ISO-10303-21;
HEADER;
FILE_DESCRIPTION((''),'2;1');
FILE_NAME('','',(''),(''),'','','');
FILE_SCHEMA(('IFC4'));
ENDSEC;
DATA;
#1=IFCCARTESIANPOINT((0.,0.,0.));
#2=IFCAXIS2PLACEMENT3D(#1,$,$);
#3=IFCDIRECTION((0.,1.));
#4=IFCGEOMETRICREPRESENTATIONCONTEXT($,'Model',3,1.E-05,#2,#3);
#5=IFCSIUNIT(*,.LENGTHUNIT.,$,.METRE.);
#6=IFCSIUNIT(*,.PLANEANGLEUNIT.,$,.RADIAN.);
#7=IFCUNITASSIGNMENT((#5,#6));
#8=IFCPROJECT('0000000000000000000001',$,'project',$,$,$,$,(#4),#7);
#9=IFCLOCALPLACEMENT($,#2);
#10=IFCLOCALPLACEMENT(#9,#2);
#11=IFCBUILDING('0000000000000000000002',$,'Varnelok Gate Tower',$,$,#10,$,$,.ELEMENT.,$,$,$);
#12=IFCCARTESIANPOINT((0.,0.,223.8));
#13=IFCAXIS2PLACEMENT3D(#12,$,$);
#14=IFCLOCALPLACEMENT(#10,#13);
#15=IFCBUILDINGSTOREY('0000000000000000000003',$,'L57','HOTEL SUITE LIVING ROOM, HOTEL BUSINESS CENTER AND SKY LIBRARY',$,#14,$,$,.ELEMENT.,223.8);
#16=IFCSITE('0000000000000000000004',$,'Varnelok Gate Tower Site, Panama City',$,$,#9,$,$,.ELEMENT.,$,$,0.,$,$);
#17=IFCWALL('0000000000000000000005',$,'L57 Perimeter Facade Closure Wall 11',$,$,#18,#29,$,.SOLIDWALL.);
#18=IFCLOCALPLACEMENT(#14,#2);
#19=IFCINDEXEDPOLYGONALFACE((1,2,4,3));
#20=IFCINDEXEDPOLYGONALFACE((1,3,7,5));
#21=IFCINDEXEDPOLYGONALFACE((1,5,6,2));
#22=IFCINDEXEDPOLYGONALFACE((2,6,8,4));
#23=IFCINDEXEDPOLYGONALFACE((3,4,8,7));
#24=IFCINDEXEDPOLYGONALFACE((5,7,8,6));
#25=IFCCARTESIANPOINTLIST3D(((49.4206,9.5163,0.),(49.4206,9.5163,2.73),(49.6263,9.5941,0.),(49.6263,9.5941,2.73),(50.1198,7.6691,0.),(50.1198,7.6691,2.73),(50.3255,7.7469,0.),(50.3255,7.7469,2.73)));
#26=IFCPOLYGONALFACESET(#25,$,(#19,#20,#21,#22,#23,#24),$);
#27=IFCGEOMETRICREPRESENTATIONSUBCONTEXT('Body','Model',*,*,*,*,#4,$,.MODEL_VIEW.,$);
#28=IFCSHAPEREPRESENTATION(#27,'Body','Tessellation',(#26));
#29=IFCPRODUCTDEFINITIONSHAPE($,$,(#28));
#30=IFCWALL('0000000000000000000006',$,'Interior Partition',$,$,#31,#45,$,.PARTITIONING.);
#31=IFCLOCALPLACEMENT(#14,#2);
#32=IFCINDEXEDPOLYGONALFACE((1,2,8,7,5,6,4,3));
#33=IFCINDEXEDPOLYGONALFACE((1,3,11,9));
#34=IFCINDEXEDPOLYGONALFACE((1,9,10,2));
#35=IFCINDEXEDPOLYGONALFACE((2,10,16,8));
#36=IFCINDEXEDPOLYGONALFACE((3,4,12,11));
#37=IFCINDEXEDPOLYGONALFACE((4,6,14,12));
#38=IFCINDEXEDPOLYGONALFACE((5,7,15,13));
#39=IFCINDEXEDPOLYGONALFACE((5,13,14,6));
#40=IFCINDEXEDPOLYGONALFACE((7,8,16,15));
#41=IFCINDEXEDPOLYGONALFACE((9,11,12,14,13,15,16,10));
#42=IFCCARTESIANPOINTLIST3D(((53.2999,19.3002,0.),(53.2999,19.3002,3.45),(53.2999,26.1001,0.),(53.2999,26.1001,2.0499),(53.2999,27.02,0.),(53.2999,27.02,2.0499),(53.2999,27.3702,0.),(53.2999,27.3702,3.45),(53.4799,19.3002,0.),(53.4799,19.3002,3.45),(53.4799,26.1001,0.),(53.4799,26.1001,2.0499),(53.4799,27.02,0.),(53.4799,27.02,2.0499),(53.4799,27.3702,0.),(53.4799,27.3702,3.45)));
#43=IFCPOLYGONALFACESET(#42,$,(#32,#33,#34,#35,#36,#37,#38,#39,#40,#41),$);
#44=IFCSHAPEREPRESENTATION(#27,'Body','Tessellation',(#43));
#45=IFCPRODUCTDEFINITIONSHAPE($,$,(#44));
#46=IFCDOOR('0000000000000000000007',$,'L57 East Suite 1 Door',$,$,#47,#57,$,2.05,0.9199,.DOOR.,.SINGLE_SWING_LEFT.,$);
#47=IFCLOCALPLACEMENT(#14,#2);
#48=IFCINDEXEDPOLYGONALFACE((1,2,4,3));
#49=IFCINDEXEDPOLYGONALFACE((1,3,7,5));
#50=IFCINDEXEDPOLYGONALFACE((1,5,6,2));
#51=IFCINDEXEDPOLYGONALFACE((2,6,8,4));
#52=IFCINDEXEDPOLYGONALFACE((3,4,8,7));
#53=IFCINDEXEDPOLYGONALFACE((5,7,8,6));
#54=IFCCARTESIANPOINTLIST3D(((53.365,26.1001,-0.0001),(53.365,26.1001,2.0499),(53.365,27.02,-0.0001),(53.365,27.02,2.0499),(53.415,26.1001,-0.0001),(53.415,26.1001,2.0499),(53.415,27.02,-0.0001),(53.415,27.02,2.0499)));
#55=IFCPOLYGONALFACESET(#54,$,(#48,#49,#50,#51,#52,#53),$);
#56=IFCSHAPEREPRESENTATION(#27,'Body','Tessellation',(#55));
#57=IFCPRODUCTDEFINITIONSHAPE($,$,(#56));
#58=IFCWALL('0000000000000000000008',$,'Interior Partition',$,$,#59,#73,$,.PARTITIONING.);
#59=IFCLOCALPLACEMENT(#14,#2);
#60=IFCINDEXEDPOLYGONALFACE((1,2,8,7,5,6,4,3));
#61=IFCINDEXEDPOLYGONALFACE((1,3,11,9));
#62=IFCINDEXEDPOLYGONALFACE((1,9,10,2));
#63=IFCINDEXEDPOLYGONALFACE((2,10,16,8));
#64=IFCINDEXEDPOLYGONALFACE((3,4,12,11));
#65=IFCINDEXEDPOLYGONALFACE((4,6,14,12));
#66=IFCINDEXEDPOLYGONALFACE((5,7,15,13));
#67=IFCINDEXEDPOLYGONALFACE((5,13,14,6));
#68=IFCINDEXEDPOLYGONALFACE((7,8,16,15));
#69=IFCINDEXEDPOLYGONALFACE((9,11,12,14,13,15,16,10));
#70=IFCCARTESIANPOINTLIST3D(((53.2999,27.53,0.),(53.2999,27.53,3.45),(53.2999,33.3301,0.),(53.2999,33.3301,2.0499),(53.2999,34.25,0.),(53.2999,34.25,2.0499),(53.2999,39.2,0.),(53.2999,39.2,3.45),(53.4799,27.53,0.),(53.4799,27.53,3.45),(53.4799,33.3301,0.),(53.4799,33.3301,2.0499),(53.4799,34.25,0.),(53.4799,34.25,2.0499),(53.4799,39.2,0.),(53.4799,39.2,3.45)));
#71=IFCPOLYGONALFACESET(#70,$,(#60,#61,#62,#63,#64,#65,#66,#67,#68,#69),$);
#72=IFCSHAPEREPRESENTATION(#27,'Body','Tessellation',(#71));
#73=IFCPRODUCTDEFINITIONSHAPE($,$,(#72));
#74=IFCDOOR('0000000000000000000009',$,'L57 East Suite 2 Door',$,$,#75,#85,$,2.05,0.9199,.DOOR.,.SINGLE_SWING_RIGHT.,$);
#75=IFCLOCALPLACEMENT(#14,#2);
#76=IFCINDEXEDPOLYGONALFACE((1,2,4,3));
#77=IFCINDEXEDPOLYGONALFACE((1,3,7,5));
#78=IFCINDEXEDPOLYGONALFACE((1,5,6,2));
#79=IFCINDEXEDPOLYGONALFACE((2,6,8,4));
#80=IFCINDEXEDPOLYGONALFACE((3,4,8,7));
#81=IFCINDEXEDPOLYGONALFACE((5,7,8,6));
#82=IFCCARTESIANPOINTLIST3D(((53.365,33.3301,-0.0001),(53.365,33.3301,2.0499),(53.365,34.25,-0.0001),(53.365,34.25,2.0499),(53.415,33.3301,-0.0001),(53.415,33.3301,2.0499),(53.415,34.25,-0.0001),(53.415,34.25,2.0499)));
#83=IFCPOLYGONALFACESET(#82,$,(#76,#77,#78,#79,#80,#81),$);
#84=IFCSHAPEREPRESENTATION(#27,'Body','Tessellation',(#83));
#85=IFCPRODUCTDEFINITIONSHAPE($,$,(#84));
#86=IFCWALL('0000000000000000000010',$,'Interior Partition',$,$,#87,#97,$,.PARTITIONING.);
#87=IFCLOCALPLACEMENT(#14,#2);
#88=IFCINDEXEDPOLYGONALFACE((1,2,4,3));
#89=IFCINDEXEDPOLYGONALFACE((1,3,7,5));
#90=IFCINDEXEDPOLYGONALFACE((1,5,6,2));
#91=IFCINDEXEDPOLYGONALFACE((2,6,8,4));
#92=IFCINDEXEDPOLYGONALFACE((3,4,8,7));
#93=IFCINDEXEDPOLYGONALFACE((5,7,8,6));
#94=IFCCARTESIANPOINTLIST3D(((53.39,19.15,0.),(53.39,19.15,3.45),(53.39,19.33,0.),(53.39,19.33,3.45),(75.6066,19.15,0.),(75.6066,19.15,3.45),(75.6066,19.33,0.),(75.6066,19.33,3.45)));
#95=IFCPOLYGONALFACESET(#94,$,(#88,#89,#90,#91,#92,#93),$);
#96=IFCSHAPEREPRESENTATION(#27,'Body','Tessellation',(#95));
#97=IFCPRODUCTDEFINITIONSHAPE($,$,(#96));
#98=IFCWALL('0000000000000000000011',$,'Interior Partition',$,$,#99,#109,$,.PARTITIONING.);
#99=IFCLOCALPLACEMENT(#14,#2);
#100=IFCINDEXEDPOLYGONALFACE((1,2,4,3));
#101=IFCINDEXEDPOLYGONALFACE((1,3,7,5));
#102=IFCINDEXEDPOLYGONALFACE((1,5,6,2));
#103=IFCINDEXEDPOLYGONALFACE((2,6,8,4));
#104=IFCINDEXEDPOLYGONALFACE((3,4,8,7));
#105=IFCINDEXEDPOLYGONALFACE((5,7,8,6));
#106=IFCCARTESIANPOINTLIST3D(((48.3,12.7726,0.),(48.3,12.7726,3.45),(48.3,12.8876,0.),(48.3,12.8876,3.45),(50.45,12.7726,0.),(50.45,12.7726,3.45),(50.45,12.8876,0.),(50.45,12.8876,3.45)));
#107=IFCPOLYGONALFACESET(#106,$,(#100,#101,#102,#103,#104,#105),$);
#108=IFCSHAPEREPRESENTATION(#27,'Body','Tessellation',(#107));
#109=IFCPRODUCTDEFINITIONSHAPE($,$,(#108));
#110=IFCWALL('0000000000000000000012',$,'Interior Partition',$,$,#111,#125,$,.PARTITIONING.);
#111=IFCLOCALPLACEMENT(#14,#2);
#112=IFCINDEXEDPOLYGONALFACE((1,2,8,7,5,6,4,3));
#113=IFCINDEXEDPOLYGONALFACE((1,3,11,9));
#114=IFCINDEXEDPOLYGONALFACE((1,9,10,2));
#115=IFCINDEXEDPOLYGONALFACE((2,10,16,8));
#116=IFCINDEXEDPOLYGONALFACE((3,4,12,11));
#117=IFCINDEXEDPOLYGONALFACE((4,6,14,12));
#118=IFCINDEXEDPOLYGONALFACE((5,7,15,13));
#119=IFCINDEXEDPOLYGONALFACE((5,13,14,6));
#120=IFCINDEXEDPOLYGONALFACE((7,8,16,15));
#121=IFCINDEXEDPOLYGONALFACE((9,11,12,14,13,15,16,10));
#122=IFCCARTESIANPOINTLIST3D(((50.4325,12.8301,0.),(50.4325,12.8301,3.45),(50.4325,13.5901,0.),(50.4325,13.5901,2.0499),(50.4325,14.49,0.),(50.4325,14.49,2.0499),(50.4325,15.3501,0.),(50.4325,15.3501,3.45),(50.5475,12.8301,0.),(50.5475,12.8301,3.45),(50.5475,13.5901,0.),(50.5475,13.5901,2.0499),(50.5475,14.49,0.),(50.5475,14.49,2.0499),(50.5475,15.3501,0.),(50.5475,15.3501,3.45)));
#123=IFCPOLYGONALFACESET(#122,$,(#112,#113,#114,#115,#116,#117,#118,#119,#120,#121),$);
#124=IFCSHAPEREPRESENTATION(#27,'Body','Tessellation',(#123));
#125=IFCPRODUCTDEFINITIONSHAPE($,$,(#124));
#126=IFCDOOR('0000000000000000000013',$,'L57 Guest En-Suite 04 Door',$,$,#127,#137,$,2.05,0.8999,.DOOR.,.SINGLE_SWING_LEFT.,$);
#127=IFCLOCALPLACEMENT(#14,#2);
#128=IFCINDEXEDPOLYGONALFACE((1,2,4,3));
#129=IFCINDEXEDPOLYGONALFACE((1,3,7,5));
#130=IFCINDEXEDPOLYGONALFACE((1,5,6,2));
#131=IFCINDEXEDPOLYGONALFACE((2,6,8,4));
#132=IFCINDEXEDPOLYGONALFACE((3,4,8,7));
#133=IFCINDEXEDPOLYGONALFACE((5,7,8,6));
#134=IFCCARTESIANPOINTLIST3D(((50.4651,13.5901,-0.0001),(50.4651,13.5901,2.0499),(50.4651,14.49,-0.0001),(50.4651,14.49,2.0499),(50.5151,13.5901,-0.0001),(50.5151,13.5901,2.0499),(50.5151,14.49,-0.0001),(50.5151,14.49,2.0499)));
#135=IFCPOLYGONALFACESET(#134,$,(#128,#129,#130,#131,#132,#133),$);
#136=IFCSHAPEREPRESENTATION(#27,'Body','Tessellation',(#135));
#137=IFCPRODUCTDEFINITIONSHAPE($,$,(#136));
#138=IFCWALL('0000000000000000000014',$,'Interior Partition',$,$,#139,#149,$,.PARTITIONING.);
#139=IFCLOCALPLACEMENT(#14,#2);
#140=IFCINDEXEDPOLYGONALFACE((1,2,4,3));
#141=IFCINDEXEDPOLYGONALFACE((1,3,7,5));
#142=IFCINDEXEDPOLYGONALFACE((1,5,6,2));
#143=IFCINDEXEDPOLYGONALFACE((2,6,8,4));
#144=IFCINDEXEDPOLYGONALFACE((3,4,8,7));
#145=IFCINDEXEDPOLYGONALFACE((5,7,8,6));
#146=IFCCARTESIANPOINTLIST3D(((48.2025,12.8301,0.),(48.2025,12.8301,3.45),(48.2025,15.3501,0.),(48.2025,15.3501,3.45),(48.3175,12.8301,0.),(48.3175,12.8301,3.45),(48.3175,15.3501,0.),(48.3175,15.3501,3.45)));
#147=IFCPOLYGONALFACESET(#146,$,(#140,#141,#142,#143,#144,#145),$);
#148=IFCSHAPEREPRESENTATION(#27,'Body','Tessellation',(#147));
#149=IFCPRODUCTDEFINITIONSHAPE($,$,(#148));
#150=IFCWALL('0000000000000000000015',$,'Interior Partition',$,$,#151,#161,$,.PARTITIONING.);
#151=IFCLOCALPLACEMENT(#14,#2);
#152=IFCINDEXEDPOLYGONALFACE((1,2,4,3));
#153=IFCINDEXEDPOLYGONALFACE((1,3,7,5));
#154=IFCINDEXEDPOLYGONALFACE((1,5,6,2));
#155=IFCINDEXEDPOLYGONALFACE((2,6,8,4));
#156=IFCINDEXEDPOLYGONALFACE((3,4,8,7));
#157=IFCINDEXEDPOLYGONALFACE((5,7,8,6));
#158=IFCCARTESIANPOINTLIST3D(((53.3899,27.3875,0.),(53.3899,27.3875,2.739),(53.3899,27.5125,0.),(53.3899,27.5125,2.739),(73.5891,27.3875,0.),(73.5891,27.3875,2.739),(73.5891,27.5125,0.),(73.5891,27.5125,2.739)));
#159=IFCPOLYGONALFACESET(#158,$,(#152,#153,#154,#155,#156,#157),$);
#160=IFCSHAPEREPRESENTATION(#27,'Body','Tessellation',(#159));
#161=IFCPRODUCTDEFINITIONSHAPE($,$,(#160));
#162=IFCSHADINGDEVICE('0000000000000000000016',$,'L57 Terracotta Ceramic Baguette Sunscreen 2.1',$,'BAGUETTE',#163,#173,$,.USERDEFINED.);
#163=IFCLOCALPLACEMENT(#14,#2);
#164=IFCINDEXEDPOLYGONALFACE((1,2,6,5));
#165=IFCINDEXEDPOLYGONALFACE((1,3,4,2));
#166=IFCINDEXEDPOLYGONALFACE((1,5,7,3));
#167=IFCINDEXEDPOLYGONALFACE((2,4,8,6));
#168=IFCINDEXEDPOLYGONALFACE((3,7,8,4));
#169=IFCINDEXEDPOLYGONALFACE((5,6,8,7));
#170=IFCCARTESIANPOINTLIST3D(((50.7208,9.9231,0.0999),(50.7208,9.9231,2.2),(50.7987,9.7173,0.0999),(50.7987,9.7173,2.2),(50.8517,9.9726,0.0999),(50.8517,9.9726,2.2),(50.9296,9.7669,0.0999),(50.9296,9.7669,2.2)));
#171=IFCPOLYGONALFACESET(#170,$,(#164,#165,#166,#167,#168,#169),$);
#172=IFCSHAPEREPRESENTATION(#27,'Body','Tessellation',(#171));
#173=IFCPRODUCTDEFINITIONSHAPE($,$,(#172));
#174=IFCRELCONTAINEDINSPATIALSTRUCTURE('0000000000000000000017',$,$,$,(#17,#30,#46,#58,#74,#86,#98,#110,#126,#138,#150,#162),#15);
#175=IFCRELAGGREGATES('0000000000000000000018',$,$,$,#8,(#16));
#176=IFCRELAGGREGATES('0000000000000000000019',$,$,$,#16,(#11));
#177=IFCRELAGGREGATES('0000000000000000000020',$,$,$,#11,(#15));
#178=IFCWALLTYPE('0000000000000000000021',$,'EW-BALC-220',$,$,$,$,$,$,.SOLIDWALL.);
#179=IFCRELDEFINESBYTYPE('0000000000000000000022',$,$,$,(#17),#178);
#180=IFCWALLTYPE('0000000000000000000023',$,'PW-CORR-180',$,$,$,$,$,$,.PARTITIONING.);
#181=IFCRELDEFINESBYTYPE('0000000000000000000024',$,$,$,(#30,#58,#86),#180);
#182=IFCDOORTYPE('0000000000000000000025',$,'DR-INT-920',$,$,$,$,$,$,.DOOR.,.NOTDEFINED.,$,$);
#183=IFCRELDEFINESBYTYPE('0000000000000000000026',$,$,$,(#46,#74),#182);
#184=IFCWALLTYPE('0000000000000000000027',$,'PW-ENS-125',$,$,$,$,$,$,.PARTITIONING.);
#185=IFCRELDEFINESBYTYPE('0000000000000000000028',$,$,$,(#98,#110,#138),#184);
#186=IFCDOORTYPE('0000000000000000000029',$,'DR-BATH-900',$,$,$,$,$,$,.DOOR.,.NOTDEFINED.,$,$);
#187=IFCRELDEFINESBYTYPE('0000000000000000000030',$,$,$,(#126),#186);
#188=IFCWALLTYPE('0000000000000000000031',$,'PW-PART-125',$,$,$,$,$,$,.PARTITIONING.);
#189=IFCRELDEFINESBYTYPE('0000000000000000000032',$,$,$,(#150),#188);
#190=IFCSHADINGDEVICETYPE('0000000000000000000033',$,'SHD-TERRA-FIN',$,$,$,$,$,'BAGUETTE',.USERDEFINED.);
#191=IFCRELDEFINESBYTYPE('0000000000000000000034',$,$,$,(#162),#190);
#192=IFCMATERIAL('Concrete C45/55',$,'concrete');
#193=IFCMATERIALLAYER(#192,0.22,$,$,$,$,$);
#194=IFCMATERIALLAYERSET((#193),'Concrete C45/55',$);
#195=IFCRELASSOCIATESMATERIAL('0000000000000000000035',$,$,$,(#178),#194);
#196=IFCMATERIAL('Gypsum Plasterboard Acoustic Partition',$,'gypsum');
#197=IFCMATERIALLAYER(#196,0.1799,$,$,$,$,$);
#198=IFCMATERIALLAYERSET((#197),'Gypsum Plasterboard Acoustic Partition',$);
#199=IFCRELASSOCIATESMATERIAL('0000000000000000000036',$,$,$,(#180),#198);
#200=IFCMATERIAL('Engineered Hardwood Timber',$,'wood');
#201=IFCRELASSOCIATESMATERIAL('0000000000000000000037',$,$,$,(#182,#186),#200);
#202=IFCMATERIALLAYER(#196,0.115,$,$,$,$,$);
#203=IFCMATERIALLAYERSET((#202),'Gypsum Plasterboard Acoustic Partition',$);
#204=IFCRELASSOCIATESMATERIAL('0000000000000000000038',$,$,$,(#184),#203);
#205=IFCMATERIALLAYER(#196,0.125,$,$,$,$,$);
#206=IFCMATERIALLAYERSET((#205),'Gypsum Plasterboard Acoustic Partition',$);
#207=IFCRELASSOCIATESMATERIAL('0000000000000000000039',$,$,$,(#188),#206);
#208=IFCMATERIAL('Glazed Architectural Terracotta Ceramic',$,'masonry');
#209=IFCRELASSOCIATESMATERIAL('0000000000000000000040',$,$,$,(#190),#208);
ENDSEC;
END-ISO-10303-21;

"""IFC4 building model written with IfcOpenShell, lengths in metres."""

from ifc_helpers import new_model, si_unit, direction, frame, frame_2d, origin, origin_2d, place, context, subcontext, project, spatial, rectangle, extrude, source, transform, mapped, material, layer, layer_set, type_object, element, fill, save


model = new_model("IFC4")

# Units and contexts
model_context = context("Model", 3, precision=1e-05, world=origin(), true_north=direction((0.0, 1.0)))
body_context = subcontext(model_context, "Body", "Model", "MODEL_VIEW")
ifc_project = project(units=[si_unit("LENGTHUNIT", "METRE"), si_unit("PLANEANGLEUNIT", "RADIAN")], contexts=[model_context])

# Site, building, storey
site_placement = place(None, origin())
site = spatial("IfcSite", under=ifc_project, at=site_placement, Name="Varnelok Gate Tower Site, Panama City", CompositionType="ELEMENT", RefElevation=0.0)
building_placement = place(site_placement, origin())
building = spatial("IfcBuilding", under=site, at=building_placement, Name="Varnelok Gate Tower", CompositionType="ELEMENT")
storey_placement = place(building_placement, frame((0.0, 0.0, 223.8)))
storey = spatial("IfcBuildingStorey", under=building, at=storey_placement, Name="L57", Description="HOTEL SUITE LIVING ROOM, HOTEL BUSINESS CENTER AND SKY LIBRARY", CompositionType="ELEMENT", Elevation=223.8)

# Wall
ifc_material_1 = material(Name="Concrete C45/55", Category="concrete")
ifc_layer_1 = layer(ifc_material_1, 0.22)
ifc_layer_set_1 = layer_set([ifc_layer_1], Name="Concrete C45/55")
wall_type_1 = type_object("IfcWallType", Name="EW-BALC-220", PredefinedType="SOLIDWALL", material=ifc_layer_set_1)
wall_1_placement = place(storey_placement, frame((50.2227, 7.708, 0.0), z_axis=(0.0, 0.0, 1.0), x_axis=(-0.354021, 0.935238, 0.0)))
element("IfcWall", 1, at=wall_1_placement, inside=storey, type_object=wall_type_1, Name="L57 Perimeter Facade Closure Wall 11", PredefinedType="SOLIDWALL", context=body_context, shape_type="SweptSolid", body=[
    extrude(rectangle(XDim=1.9751, YDim=0.22, at=frame_2d((0.9875, 0.0))), origin(), (0.0, 0.0, 1.0), 2.73),
])

# Walls, openings, doors
ifc_material_2 = material(Name="Gypsum Plasterboard Acoustic Partition", Category="gypsum")
ifc_layer_2 = layer(ifc_material_2, 0.1799)
ifc_layer_set_2 = layer_set([ifc_layer_2], Name="Gypsum Plasterboard Acoustic Partition")
wall_type_2 = type_object("IfcWallType", Name="PW-CORR-180", PredefinedType="PARTITIONING", material=ifc_layer_set_2)
wall_2_placement = place(storey_placement, frame((53.3899, 19.3, 0.0), z_axis=(0.0, 0.0, 1.0), x_axis=(0.0, 1.0, 0.0)))
wall_2 = element("IfcWall", 2, at=wall_2_placement, inside=storey, type_object=wall_type_2, Name="Interior Partition", PredefinedType="PARTITIONING", context=body_context, shape_type="SweptSolid", body=[
    extrude(rectangle(XDim=8.0701, YDim=0.1799, at=frame_2d((4.0352, 0.0))), origin(), (0.0, 0.0, 1.0), 3.45),
])
opening_1_placement = place(wall_2_placement, frame((6.8, 0.0, 0.0)))
opening_1 = element("IfcOpeningElement", 3, at=opening_1_placement, cuts=wall_2, PredefinedType="OPENING", context=body_context, shape_type="SweptSolid", body=[
    extrude(rectangle(XDim=0.9199, YDim=2.05, at=frame_2d((0.46, 1.0249))), frame((0.0, 0.0999, 0.0), z_axis=(0.0, -1.0, 0.0), x_axis=(1.0, 0.0, 0.0)), (0.0, 0.0, 1.0), 0.2),
])
ifc_material_3 = material(Name="Engineered Hardwood Timber", Category="wood")
door_type_1 = type_object("IfcDoorType", Name="DR-INT-920", OperationType="NOTDEFINED", PredefinedType="DOOR", material=ifc_material_3)
door_1_placement = place(opening_1_placement, origin())
door_1 = element("IfcDoor", 4, at=door_1_placement, inside=storey, type_object=door_type_1, Name="L57 East Suite 1 Door", OperationType="SINGLE_SWING_LEFT", OverallHeight=2.05, OverallWidth=0.9199, PredefinedType="DOOR", context=body_context, shape_type="SweptSolid", body=[
    extrude(rectangle(XDim=0.9199, YDim=2.05, at=frame_2d((0.46, 1.0249))), frame((0.0, 0.0249, 0.0), z_axis=(0.0, -1.0, 0.0), x_axis=(1.0, 0.0, 0.0)), (0.0, 0.0, 1.0), 0.05),
])
fill(opening_1, door_1)
wall_3_placement = place(storey_placement, frame((53.3899, 27.53, 0.0), z_axis=(0.0, 0.0, 1.0), x_axis=(0.0, 1.0, 0.0)))
wall_3 = element("IfcWall", 5, at=wall_3_placement, inside=storey, type_object=wall_type_2, Name="Interior Partition", PredefinedType="PARTITIONING", context=body_context, shape_type="SweptSolid", body=[
    extrude(rectangle(XDim=11.6699, YDim=0.1799, at=frame_2d((5.835, 0.0))), origin(), (0.0, 0.0, 1.0), 3.45),
])
opening_2_placement = place(wall_3_placement, frame((5.8, 0.0, 0.0)))
opening_2 = element("IfcOpeningElement", 6, at=opening_2_placement, cuts=wall_3, PredefinedType="OPENING", context=body_context, shape_type="SweptSolid", body=[
    extrude(rectangle(XDim=0.9199, YDim=2.05, at=frame_2d((0.46, 1.0249))), frame((0.0, 0.0999, 0.0), z_axis=(0.0, -1.0, 0.0), x_axis=(1.0, 0.0, 0.0)), (0.0, 0.0, 1.0), 0.2),
])
door_2_placement = place(opening_2_placement, origin())
door_2 = element("IfcDoor", 7, at=door_2_placement, inside=storey, type_object=door_type_1, Name="L57 East Suite 2 Door", OperationType="SINGLE_SWING_RIGHT", OverallHeight=2.05, OverallWidth=0.9199, PredefinedType="DOOR", context=body_context, shape_type="SweptSolid", body=[
    extrude(rectangle(XDim=0.9199, YDim=2.05, at=frame_2d((0.46, 1.0249))), frame((0.0, 0.0249, 0.0), z_axis=(0.0, -1.0, 0.0), x_axis=(1.0, 0.0, 0.0)), (0.0, 0.0, 1.0), 0.05),
])
fill(opening_2, door_2)

# Walls
wall_4_placement = place(storey_placement, frame((53.3899, 19.24, 0.0), z_axis=(0.0, 0.0, 1.0), x_axis=(1.0, 0.0, 0.0)))
element("IfcWall", 8, at=wall_4_placement, inside=storey, type_object=wall_type_2, Name="Interior Partition", PredefinedType="PARTITIONING", context=body_context, shape_type="SweptSolid", body=[
    extrude(rectangle(XDim=22.2166, YDim=0.1799, at=frame_2d((11.1084, 0.0))), origin(), (0.0, 0.0, 1.0), 3.45),
])
ifc_layer_3 = layer(ifc_material_2, 0.115)
ifc_layer_set_3 = layer_set([ifc_layer_3], Name="Gypsum Plasterboard Acoustic Partition")
wall_type_3 = type_object("IfcWallType", Name="PW-ENS-125", PredefinedType="PARTITIONING", material=ifc_layer_set_3)
wall_5_placement = place(storey_placement, frame((48.3, 12.8301, 0.0), z_axis=(0.0, 0.0, 1.0), x_axis=(1.0, 0.0, 0.0)))
element("IfcWall", 9, at=wall_5_placement, inside=storey, type_object=wall_type_3, Name="Interior Partition", PredefinedType="PARTITIONING", context=body_context, shape_type="SweptSolid", body=[
    extrude(rectangle(XDim=2.1499, YDim=0.115, at=frame_2d((1.075, 0.0))), origin(), (0.0, 0.0, 1.0), 3.45),
])

# Wall, opening, door
wall_6_placement = place(storey_placement, frame((50.49, 12.8301, 0.0), z_axis=(0.0, 0.0, 1.0), x_axis=(0.0, 1.0, 0.0)))
wall_6 = element("IfcWall", 10, at=wall_6_placement, inside=storey, type_object=wall_type_3, Name="Interior Partition", PredefinedType="PARTITIONING", context=body_context, shape_type="SweptSolid", body=[
    extrude(rectangle(XDim=2.52, YDim=0.115, at=frame_2d((1.26, 0.0))), origin(), (0.0, 0.0, 1.0), 3.45),
])
opening_3_placement = place(wall_6_placement, frame((0.76, 0.0, 0.0)))
opening_3 = element("IfcOpeningElement", 11, at=opening_3_placement, cuts=wall_6, PredefinedType="OPENING", context=body_context, shape_type="SweptSolid", body=[
    extrude(rectangle(XDim=0.8999, YDim=2.05, at=frame_2d((0.45, 1.0249))), frame((0.0, 0.0674, 0.0), z_axis=(0.0, -1.0, 0.0), x_axis=(1.0, 0.0, 0.0)), (0.0, 0.0, 1.0), 0.135),
])
door_type_2 = type_object("IfcDoorType", Name="DR-BATH-900", OperationType="NOTDEFINED", PredefinedType="DOOR", material=ifc_material_3)
door_3_placement = place(opening_3_placement, origin())
door_3 = element("IfcDoor", 12, at=door_3_placement, inside=storey, type_object=door_type_2, Name="L57 Guest En-Suite 04 Door", OperationType="SINGLE_SWING_LEFT", OverallHeight=2.05, OverallWidth=0.8999, PredefinedType="DOOR", context=body_context, shape_type="SweptSolid", body=[
    extrude(rectangle(XDim=0.8999, YDim=2.05, at=frame_2d((0.45, 1.0249))), frame((0.0, 0.0249, 0.0), z_axis=(0.0, -1.0, 0.0), x_axis=(1.0, 0.0, 0.0)), (0.0, 0.0, 1.0), 0.05),
])
fill(opening_3, door_3)

# Walls
wall_7_placement = place(storey_placement, frame((48.26, 12.8301, 0.0), z_axis=(0.0, 0.0, 1.0), x_axis=(0.0, 1.0, 0.0)))
element("IfcWall", 13, at=wall_7_placement, inside=storey, type_object=wall_type_3, Name="Interior Partition", PredefinedType="PARTITIONING", context=body_context, shape_type="SweptSolid", body=[
    extrude(rectangle(XDim=2.52, YDim=0.115, at=frame_2d((1.26, 0.0))), origin(), (0.0, 0.0, 1.0), 3.45),
])
ifc_layer_4 = layer(ifc_material_2, 0.125)
ifc_layer_set_4 = layer_set([ifc_layer_4], Name="Gypsum Plasterboard Acoustic Partition")
wall_type_4 = type_object("IfcWallType", Name="PW-PART-125", PredefinedType="PARTITIONING", material=ifc_layer_set_4)
wall_8_placement = place(storey_placement, frame((53.3899, 27.45, 0.0), z_axis=(0.0, 0.0, 1.0), x_axis=(1.0, 0.0, 0.0)))
element("IfcWall", 14, at=wall_8_placement, inside=storey, type_object=wall_type_4, Name="Interior Partition", PredefinedType="PARTITIONING", context=body_context, shape_type="SweptSolid", body=[
    extrude(rectangle(XDim=20.1992, YDim=0.125, at=frame_2d((10.0996, 0.0))), origin(), (0.0, 0.0, 1.0), 2.739),
])

# Shading device
ifc_material_4 = material(Name="Glazed Architectural Terracotta Ceramic", Category="masonry")
shading_device_type = type_object("IfcShadingDeviceType", Name="SHD-TERRA-FIN", ElementType="BAGUETTE", PredefinedType="USERDEFINED", material=ifc_material_4)
shared_shape_1 = source(origin(), body_context, "Body", "SweptSolid", [
    extrude(rectangle(XDim=0.1399, YDim=0.22, at=origin_2d()), origin(), (0.0, 0.0, 1.0), 2.1001),
])
shading_device_placement = place(storey_placement, frame((50.8252, 9.845, 0.0999), z_axis=(0.0, 0.0, 1.0), x_axis=(0.935222, 0.354063, 0.0)))
element("IfcShadingDevice", 15, at=shading_device_placement, inside=storey, type_object=shading_device_type, Name="L57 Terracotta Ceramic Baguette Sunscreen 2.1", ObjectType="BAGUETTE", PredefinedType="USERDEFINED", context=body_context, shape_type="MappedRepresentation", body=[
    mapped(shared_shape_1, transform((0.0, 0.0, 0.0), scale=1.0)),
])

save(model, "model.ifc")
